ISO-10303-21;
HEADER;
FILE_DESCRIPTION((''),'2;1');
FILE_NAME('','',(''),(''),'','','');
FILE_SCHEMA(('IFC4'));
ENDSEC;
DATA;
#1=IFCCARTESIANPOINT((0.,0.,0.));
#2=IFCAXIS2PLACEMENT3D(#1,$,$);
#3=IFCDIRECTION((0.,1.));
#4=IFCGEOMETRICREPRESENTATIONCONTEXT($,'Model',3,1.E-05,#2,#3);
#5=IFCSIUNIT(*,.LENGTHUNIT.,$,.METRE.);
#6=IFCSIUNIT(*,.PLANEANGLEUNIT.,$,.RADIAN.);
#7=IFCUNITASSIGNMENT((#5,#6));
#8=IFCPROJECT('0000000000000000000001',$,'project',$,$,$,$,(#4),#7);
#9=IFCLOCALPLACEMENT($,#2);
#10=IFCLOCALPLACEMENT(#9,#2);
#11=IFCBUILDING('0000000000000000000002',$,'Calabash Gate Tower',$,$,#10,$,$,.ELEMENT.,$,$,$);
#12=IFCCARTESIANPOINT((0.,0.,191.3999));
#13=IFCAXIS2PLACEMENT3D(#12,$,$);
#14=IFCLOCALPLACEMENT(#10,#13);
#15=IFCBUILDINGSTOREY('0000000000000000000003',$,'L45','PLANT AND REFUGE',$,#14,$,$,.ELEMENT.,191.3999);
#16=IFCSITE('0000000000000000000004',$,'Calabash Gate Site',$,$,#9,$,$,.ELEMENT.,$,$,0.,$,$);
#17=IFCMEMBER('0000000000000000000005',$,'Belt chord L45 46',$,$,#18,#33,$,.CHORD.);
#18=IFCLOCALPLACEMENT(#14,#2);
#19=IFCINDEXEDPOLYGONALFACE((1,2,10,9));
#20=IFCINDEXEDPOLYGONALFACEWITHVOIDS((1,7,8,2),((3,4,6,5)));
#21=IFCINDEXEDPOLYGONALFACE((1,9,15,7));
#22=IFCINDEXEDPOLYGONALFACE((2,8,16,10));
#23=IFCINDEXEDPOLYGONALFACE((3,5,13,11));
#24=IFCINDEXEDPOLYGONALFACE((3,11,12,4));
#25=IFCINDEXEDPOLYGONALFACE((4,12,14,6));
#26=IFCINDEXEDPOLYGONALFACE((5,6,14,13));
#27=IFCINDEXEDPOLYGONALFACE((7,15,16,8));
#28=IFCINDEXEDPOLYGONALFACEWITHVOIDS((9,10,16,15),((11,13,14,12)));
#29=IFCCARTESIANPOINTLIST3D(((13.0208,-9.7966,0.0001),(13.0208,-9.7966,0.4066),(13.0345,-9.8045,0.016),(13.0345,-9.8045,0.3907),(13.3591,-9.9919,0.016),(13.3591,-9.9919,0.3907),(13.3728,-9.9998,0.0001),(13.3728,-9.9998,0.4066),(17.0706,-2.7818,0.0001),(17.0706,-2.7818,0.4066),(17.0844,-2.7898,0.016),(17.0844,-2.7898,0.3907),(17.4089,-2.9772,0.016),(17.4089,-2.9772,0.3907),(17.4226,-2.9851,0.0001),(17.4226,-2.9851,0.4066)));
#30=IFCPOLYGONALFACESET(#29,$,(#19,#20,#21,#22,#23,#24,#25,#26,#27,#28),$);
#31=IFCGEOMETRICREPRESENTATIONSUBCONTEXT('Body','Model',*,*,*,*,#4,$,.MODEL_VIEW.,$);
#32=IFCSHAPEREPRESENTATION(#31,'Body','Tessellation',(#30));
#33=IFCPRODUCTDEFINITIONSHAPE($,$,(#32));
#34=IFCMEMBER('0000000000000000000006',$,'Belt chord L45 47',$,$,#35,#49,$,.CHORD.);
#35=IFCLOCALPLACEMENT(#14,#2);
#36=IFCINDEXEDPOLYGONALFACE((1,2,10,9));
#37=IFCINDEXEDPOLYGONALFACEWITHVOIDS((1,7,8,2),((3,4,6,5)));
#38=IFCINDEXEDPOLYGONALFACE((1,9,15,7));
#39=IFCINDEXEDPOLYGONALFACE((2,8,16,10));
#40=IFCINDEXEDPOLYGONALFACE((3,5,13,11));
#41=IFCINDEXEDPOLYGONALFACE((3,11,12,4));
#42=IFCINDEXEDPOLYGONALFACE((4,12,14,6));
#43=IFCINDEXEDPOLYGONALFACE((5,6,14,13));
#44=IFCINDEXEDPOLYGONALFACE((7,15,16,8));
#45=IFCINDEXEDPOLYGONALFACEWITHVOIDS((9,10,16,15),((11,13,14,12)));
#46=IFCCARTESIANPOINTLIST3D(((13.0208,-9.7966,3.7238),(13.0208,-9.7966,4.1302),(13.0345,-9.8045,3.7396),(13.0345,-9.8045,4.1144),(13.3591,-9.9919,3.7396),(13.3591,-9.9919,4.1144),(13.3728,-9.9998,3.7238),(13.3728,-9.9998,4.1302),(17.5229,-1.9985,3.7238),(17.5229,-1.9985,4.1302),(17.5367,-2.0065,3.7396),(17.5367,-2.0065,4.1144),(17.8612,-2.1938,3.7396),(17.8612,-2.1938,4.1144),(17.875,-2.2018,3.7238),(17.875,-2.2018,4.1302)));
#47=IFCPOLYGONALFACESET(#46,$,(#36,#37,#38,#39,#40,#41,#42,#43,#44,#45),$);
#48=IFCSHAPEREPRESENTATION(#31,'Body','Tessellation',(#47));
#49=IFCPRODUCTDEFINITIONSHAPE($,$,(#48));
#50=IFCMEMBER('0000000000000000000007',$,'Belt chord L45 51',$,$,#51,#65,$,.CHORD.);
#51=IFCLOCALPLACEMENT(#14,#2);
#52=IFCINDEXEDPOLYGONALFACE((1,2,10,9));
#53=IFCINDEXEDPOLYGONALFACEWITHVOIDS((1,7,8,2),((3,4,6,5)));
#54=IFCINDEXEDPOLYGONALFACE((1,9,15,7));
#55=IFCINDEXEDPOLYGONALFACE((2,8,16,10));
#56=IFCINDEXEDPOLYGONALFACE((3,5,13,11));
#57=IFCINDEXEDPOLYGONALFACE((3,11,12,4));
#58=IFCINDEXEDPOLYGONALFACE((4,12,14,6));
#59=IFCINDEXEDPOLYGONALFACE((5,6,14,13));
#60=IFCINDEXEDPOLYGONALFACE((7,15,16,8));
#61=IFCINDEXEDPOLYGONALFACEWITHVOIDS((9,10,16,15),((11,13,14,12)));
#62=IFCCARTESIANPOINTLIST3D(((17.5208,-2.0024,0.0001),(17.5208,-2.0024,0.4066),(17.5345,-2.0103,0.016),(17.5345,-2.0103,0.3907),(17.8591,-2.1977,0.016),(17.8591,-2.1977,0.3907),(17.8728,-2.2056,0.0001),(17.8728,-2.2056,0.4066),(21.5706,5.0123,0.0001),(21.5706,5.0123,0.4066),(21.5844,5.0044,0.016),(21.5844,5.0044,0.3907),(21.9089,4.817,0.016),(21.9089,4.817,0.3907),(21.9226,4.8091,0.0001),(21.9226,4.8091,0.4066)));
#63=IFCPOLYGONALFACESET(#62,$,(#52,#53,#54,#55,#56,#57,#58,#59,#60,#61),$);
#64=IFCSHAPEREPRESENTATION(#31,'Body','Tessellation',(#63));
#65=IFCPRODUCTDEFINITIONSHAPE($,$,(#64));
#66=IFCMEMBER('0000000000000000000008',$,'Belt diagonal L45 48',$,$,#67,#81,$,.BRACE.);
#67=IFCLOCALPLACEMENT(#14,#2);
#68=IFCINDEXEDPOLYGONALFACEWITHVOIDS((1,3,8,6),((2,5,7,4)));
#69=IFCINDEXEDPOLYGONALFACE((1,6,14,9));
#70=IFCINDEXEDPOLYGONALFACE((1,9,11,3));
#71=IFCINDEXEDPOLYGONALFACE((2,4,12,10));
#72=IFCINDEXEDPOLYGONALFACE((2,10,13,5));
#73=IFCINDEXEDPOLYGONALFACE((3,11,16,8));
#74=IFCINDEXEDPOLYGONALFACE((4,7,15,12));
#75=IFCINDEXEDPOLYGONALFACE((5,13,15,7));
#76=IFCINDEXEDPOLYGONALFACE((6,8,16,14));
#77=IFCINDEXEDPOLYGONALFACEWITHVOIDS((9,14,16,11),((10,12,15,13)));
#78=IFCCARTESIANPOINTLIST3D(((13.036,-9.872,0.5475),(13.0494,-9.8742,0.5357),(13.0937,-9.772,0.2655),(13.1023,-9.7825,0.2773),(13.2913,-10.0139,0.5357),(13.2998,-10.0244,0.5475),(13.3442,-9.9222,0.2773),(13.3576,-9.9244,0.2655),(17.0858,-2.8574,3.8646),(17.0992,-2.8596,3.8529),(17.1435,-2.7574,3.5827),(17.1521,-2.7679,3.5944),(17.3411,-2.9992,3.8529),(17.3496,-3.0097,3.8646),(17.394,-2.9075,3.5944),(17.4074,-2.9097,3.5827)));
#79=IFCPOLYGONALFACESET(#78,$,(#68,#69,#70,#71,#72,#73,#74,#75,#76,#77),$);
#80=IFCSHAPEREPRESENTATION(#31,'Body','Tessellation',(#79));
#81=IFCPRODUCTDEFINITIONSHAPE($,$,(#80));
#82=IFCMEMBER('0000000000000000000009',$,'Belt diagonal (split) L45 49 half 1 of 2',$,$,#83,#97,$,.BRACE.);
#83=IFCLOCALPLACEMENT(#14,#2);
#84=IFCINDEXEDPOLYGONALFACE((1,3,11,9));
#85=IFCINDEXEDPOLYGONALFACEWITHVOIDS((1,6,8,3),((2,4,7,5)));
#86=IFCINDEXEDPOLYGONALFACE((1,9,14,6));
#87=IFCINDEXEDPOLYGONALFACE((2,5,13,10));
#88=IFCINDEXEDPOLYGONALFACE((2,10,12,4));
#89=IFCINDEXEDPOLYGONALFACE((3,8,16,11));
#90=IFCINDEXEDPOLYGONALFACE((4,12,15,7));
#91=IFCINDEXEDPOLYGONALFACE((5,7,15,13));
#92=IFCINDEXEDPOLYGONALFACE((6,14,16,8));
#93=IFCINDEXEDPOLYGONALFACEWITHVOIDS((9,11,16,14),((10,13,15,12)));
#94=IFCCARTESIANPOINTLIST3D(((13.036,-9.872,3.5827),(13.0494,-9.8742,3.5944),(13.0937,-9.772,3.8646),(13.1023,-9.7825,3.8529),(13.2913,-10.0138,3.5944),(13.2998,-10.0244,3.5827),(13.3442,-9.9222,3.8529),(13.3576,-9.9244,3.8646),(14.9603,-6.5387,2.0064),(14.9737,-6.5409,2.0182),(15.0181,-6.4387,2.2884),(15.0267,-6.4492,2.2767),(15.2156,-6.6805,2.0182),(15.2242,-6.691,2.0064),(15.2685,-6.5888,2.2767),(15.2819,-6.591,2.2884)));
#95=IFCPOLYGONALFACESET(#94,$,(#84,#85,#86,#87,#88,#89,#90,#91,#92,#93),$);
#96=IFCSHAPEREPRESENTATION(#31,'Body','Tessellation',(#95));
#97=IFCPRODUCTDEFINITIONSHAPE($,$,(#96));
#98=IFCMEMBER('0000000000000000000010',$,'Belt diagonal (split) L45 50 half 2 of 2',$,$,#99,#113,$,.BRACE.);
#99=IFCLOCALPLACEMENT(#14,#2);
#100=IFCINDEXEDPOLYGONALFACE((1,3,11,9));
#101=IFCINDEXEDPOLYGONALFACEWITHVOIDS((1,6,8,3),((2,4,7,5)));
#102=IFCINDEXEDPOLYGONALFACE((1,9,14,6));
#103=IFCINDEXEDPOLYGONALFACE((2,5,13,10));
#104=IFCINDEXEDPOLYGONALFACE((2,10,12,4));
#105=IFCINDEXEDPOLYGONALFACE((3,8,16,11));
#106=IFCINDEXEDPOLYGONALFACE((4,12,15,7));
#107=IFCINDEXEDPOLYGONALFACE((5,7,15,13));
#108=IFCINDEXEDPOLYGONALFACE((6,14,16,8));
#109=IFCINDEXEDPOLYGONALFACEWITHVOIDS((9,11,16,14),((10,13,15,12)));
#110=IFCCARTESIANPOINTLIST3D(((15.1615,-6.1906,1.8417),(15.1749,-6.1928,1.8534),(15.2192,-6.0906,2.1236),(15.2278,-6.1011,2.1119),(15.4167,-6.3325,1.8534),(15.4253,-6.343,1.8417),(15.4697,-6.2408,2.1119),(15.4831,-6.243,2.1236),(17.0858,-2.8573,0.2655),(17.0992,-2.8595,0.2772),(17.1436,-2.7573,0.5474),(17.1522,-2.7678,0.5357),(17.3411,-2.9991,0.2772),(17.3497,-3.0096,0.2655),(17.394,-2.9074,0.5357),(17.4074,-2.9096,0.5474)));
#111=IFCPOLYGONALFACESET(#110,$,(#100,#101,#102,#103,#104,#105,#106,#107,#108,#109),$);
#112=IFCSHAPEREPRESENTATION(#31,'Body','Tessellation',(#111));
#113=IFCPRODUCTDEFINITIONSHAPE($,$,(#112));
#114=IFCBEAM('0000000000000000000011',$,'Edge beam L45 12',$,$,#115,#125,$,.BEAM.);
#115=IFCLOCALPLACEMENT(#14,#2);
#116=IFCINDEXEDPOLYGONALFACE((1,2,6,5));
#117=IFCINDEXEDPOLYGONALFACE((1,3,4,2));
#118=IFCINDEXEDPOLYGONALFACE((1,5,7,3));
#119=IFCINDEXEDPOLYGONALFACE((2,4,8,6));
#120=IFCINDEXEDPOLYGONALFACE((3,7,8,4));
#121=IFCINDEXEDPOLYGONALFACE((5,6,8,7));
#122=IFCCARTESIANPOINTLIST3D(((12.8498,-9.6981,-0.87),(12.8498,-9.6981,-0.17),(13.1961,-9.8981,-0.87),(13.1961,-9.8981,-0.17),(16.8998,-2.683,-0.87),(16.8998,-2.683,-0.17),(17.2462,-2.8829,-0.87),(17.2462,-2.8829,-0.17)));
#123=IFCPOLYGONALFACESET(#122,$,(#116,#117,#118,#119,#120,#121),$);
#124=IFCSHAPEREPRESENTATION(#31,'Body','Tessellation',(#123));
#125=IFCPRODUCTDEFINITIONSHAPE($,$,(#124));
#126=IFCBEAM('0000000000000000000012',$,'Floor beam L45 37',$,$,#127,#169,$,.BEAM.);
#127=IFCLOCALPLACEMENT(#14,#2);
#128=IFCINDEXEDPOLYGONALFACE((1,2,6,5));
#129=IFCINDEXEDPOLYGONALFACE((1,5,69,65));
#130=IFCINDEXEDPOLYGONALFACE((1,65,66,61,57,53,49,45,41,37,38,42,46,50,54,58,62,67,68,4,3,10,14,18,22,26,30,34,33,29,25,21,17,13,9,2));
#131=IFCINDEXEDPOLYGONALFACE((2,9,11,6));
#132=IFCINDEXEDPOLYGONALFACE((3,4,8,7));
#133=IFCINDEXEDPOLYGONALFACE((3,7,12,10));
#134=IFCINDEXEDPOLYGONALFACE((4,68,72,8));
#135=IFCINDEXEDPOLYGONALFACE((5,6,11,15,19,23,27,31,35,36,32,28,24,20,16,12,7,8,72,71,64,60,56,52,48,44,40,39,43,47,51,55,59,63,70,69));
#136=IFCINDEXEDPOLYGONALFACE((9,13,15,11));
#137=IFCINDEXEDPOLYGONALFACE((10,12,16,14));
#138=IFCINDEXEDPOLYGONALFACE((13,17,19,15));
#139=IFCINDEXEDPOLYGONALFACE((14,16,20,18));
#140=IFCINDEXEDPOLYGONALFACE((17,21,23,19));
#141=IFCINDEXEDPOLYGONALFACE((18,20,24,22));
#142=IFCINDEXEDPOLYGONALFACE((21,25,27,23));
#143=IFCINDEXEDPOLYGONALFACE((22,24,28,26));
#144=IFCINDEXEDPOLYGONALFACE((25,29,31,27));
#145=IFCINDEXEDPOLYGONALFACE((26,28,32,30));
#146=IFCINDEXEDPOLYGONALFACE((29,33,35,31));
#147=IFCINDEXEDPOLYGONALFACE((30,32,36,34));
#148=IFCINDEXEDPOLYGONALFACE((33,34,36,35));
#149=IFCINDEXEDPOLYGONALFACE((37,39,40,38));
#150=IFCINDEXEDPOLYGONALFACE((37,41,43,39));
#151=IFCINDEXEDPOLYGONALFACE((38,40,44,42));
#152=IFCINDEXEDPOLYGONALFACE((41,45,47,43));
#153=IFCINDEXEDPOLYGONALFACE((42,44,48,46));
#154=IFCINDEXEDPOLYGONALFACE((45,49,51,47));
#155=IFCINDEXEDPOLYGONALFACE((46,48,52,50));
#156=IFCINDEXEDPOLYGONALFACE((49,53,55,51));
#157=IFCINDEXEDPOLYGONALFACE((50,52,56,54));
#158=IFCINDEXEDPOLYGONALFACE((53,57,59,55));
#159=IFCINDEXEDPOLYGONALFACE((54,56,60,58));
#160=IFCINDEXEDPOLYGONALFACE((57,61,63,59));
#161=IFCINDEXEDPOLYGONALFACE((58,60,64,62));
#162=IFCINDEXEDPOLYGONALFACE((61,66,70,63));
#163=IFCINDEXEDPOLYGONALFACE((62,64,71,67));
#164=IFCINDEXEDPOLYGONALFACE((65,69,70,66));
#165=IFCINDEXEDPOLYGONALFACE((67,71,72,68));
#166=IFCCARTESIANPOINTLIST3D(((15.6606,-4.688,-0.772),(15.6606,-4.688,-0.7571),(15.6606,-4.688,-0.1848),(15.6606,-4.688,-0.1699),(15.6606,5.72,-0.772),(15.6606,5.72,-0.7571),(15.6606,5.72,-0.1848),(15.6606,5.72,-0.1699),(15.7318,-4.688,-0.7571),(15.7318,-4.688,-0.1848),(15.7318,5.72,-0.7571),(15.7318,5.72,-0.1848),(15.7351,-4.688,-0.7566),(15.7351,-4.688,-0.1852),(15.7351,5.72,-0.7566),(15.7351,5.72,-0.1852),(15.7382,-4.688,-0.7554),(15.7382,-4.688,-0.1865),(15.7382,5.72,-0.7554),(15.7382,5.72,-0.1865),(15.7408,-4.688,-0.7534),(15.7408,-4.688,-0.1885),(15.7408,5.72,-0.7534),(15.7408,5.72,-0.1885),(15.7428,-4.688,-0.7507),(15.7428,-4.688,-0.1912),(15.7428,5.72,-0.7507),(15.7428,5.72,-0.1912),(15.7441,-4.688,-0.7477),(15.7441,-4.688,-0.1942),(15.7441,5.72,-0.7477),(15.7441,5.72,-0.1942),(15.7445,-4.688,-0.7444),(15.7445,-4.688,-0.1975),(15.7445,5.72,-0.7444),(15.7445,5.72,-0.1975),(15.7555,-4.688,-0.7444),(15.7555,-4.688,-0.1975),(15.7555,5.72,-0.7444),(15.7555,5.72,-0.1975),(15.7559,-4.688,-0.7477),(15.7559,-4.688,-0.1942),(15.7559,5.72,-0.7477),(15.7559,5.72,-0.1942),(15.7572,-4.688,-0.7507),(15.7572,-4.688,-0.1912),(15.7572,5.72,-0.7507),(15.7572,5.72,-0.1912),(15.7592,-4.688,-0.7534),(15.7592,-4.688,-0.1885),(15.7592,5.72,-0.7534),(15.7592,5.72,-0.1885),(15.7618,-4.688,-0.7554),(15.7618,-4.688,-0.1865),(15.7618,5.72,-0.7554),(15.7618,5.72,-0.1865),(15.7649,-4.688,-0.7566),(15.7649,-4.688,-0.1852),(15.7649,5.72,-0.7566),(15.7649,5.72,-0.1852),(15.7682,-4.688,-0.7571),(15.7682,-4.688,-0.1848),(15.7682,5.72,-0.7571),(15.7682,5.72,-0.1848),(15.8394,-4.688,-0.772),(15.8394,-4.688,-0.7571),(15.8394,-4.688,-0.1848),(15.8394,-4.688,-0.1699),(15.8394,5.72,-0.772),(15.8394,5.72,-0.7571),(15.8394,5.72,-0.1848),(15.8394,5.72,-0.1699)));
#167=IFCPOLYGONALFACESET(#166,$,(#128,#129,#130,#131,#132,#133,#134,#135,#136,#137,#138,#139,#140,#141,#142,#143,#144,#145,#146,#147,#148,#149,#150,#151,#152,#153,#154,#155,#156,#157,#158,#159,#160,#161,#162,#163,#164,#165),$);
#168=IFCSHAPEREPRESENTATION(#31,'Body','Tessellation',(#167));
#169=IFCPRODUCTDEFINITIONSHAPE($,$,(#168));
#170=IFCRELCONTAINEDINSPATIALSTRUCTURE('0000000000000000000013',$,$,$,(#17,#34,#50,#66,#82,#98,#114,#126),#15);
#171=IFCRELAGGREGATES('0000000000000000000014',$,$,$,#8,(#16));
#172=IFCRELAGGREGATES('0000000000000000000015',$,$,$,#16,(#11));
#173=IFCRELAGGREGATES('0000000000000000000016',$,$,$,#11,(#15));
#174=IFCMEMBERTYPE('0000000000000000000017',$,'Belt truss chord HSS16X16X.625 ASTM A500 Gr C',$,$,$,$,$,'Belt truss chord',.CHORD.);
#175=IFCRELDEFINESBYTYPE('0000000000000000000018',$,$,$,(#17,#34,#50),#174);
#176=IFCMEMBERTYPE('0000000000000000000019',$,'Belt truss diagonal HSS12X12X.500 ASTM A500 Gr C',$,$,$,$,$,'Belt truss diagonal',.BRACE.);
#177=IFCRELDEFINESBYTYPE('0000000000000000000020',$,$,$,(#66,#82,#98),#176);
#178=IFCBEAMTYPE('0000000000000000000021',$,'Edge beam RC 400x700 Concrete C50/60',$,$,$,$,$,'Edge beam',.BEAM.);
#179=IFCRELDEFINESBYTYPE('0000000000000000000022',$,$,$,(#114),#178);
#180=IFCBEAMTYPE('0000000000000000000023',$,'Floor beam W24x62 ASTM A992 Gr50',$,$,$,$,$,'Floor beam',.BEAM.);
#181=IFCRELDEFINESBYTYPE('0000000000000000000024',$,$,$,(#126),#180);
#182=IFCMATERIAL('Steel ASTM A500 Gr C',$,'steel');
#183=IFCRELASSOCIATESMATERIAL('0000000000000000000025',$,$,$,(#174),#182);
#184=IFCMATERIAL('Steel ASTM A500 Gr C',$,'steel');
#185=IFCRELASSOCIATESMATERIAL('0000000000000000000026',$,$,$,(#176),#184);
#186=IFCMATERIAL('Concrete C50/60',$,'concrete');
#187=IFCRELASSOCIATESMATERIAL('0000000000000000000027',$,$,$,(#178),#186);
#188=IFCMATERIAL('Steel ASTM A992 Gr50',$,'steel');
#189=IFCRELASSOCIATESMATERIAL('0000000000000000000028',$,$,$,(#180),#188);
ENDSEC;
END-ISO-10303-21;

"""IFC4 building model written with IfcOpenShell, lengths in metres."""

from ifc_helpers import new_model, si_unit, direction, frame, origin, origin_2d, place, context, subcontext, project, spatial, rectangle, hollow_rectangle, i_section, extrude, material, material_profile, profile_set, type_object, element, save


model = new_model("IFC4")

# Units and contexts
model_context = context("Model", 3, precision=1e-05, world=origin(), true_north=direction((0.0, 1.0)))
body_context = subcontext(model_context, "Body", "Model", "MODEL_VIEW")
ifc_project = project(units=[si_unit("LENGTHUNIT", "METRE"), si_unit("PLANEANGLEUNIT", "RADIAN")], contexts=[model_context])

# Site, building, storey
site_placement = place(None, origin())
site = spatial("IfcSite", under=ifc_project, at=site_placement, Name="Calabash Gate Site", CompositionType="ELEMENT", RefElevation=0.0)
building_placement = place(site_placement, origin())
building = spatial("IfcBuilding", under=site, at=building_placement, Name="Calabash Gate Tower", CompositionType="ELEMENT")
storey_placement = place(building_placement, frame((0.0, 0.0, 191.3999)))
storey = spatial("IfcBuildingStorey", under=building, at=storey_placement, Name="L45", Description="PLANT AND REFUGE", CompositionType="ELEMENT", Elevation=191.3999)

# Members
ifc_material_1 = material(Name="Steel ASTM A500 Gr C", Category="steel")
ifc_material_profile_1 = material_profile(ifc_material_1, hollow_rectangle(XDim=0.4065, YDim=0.4065, WallThickness=0.0159, at=origin_2d()))
ifc_profile_set_1 = profile_set([ifc_material_profile_1], Name="Steel ASTM A500 Gr C")
member_type_1 = type_object("IfcMemberType", Name="Belt truss chord HSS16X16X.625 ASTM A500 Gr C", ElementType="Belt truss chord", PredefinedType="CHORD", material=ifc_profile_set_1)
member_1_placement = place(storey_placement, frame((13.1968, -9.8982, 0.2034), z_axis=(0.49999, 0.866031, 0.0), x_axis=(-0.866031, 0.49999, 0.0)))
element("IfcMember", 1, at=member_1_placement, inside=storey, type_object=member_type_1, Name="Belt chord L45 46", PredefinedType="CHORD", context=body_context, shape_type="SweptSolid", body=[
    extrude(hollow_rectangle(XDim=0.4065, YDim=0.4065, WallThickness=0.0159, at=origin_2d()), origin(), (0.0, 0.0, 1.0), 8.0999),
])
member_2_placement = place(storey_placement, frame((13.1968, -9.8982, 3.927), z_axis=(0.499997, 0.866027, 0.0), x_axis=(-0.866027, 0.499997, 0.0)))
element("IfcMember", 2, at=member_2_placement, inside=storey, type_object=member_type_1, Name="Belt chord L45 47", PredefinedType="CHORD", context=body_context, shape_type="SweptSolid", body=[
    extrude(hollow_rectangle(XDim=0.4065, YDim=0.4065, WallThickness=0.0159, at=origin_2d()), origin(), (0.0, 0.0, 1.0), 9.0044),
])
member_3_placement = place(storey_placement, frame((17.6968, -2.104, 0.2034), z_axis=(0.49999, 0.866031, 0.0), x_axis=(-0.866031, 0.49999, 0.0)))
element("IfcMember", 3, at=member_3_placement, inside=storey, type_object=member_type_1, Name="Belt chord L45 51", PredefinedType="CHORD", context=body_context, shape_type="SweptSolid", body=[
    extrude(hollow_rectangle(XDim=0.4065, YDim=0.4065, WallThickness=0.0159, at=origin_2d()), origin(), (0.0, 0.0, 1.0), 8.0999),
])
ifc_material_2 = material(Name="Steel ASTM A500 Gr C", Category="steel")
ifc_material_profile_2 = material_profile(ifc_material_2, hollow_rectangle(XDim=0.3047, YDim=0.3047, WallThickness=0.0127, at=origin_2d()))
ifc_profile_set_2 = profile_set([ifc_material_profile_2], Name="Steel ASTM A500 Gr C")
member_type_2 = type_object("IfcMemberType", Name="Belt truss diagonal HSS12X12X.500 ASTM A500 Gr C", ElementType="Belt truss diagonal", PredefinedType="BRACE", material=ifc_profile_set_2)
member_4_placement = place(storey_placement, frame((13.1968, -9.8982, 0.4065), z_axis=(0.462692, 0.801428, 0.378985), x_axis=(-0.866031, 0.49999, 0.0)))
element("IfcMember", 4, at=member_4_placement, inside=storey, type_object=member_type_2, Name="Belt diagonal L45 48", PredefinedType="BRACE", context=body_context, shape_type="SweptSolid", body=[
    extrude(hollow_rectangle(XDim=0.3047, YDim=0.3047, WallThickness=0.0127, at=origin_2d()), origin(), (0.0, 0.0, 1.0), 8.7527),
])
for number, where, z_axis, x_axis, name in (
    (5, (13.1968, -9.8982, 3.7236), (0.462679, 0.801441, -0.378972), (-0.866041, 0.499973, 0.0), "Belt diagonal (split) L45 49 half 1 of 2"),
    (6, (15.3223, -6.2168, 1.9827), (0.462679, 0.801441, -0.378972), (-0.866041, 0.499973, 0.0), "Belt diagonal (split) L45 50 half 2 of 2"),
):
    element("IfcMember", number, at=place(storey_placement, frame(where, z_axis=z_axis, x_axis=x_axis)), inside=storey, type_object=member_type_2, Name=name, PredefinedType="BRACE", context=body_context, shape_type="SweptSolid", body=[
        extrude(hollow_rectangle(XDim=0.3047, YDim=0.3047, WallThickness=0.0127, at=origin_2d()), origin(), (0.0, 0.0, 1.0), 4.1592),
    ])

# Beams
ifc_material_3 = material(Name="Concrete C50/60", Category="concrete")
ifc_material_profile_3 = material_profile(ifc_material_3, rectangle(XDim=0.3999, YDim=0.7, at=origin_2d()))
ifc_profile_set_3 = profile_set([ifc_material_profile_3], Name="Concrete C50/60")
beam_type_1 = type_object("IfcBeamType", Name="Edge beam RC 400x700 Concrete C50/60", ElementType="Edge beam", PredefinedType="BEAM", material=ifc_profile_set_3)
beam_1_placement = place(storey_placement, frame((13.0229, -9.7981, -0.52), z_axis=(0.499987, 0.866033, 0.0), x_axis=(-0.866033, 0.499987, 0.0)))
element("IfcBeam", 7, at=beam_1_placement, inside=storey, type_object=beam_type_1, Name="Edge beam L45 12", PredefinedType="BEAM", context=body_context, shape_type="SweptSolid", body=[
    extrude(rectangle(XDim=0.3999, YDim=0.7, at=origin_2d()), origin(), (0.0, 0.0, 1.0), 8.1003),
])
ifc_material_4 = material(Name="Steel ASTM A992 Gr50", Category="steel")
ifc_material_profile_4 = material_profile(ifc_material_4, i_section(OverallWidth=0.1787, OverallDepth=0.6021, WebThickness=0.011, FlangeThickness=0.0149, FilletRadius=0.0127, at=origin_2d()))
ifc_profile_set_4 = profile_set([ifc_material_profile_4], Name="Steel ASTM A992 Gr50")
beam_type_2 = type_object("IfcBeamType", Name="Floor beam W24x62 ASTM A992 Gr50", ElementType="Floor beam", PredefinedType="BEAM", material=ifc_profile_set_4)
beam_2_placement = place(storey_placement, frame((15.75, -4.688, -0.4709), z_axis=(0.0, 1.0, 0.0), x_axis=(-1.0, 0.0, 0.0)))
element("IfcBeam", 8, at=beam_2_placement, inside=storey, type_object=beam_type_2, Name="Floor beam L45 37", PredefinedType="BEAM", context=body_context, shape_type="SweptSolid", body=[
    extrude(i_section(OverallWidth=0.1787, OverallDepth=0.6021, WebThickness=0.011, FlangeThickness=0.0149, FilletRadius=0.0127, at=origin_2d()), origin(), (0.0, 0.0, 1.0), 10.408),
])

save(model, "model.ifc")
